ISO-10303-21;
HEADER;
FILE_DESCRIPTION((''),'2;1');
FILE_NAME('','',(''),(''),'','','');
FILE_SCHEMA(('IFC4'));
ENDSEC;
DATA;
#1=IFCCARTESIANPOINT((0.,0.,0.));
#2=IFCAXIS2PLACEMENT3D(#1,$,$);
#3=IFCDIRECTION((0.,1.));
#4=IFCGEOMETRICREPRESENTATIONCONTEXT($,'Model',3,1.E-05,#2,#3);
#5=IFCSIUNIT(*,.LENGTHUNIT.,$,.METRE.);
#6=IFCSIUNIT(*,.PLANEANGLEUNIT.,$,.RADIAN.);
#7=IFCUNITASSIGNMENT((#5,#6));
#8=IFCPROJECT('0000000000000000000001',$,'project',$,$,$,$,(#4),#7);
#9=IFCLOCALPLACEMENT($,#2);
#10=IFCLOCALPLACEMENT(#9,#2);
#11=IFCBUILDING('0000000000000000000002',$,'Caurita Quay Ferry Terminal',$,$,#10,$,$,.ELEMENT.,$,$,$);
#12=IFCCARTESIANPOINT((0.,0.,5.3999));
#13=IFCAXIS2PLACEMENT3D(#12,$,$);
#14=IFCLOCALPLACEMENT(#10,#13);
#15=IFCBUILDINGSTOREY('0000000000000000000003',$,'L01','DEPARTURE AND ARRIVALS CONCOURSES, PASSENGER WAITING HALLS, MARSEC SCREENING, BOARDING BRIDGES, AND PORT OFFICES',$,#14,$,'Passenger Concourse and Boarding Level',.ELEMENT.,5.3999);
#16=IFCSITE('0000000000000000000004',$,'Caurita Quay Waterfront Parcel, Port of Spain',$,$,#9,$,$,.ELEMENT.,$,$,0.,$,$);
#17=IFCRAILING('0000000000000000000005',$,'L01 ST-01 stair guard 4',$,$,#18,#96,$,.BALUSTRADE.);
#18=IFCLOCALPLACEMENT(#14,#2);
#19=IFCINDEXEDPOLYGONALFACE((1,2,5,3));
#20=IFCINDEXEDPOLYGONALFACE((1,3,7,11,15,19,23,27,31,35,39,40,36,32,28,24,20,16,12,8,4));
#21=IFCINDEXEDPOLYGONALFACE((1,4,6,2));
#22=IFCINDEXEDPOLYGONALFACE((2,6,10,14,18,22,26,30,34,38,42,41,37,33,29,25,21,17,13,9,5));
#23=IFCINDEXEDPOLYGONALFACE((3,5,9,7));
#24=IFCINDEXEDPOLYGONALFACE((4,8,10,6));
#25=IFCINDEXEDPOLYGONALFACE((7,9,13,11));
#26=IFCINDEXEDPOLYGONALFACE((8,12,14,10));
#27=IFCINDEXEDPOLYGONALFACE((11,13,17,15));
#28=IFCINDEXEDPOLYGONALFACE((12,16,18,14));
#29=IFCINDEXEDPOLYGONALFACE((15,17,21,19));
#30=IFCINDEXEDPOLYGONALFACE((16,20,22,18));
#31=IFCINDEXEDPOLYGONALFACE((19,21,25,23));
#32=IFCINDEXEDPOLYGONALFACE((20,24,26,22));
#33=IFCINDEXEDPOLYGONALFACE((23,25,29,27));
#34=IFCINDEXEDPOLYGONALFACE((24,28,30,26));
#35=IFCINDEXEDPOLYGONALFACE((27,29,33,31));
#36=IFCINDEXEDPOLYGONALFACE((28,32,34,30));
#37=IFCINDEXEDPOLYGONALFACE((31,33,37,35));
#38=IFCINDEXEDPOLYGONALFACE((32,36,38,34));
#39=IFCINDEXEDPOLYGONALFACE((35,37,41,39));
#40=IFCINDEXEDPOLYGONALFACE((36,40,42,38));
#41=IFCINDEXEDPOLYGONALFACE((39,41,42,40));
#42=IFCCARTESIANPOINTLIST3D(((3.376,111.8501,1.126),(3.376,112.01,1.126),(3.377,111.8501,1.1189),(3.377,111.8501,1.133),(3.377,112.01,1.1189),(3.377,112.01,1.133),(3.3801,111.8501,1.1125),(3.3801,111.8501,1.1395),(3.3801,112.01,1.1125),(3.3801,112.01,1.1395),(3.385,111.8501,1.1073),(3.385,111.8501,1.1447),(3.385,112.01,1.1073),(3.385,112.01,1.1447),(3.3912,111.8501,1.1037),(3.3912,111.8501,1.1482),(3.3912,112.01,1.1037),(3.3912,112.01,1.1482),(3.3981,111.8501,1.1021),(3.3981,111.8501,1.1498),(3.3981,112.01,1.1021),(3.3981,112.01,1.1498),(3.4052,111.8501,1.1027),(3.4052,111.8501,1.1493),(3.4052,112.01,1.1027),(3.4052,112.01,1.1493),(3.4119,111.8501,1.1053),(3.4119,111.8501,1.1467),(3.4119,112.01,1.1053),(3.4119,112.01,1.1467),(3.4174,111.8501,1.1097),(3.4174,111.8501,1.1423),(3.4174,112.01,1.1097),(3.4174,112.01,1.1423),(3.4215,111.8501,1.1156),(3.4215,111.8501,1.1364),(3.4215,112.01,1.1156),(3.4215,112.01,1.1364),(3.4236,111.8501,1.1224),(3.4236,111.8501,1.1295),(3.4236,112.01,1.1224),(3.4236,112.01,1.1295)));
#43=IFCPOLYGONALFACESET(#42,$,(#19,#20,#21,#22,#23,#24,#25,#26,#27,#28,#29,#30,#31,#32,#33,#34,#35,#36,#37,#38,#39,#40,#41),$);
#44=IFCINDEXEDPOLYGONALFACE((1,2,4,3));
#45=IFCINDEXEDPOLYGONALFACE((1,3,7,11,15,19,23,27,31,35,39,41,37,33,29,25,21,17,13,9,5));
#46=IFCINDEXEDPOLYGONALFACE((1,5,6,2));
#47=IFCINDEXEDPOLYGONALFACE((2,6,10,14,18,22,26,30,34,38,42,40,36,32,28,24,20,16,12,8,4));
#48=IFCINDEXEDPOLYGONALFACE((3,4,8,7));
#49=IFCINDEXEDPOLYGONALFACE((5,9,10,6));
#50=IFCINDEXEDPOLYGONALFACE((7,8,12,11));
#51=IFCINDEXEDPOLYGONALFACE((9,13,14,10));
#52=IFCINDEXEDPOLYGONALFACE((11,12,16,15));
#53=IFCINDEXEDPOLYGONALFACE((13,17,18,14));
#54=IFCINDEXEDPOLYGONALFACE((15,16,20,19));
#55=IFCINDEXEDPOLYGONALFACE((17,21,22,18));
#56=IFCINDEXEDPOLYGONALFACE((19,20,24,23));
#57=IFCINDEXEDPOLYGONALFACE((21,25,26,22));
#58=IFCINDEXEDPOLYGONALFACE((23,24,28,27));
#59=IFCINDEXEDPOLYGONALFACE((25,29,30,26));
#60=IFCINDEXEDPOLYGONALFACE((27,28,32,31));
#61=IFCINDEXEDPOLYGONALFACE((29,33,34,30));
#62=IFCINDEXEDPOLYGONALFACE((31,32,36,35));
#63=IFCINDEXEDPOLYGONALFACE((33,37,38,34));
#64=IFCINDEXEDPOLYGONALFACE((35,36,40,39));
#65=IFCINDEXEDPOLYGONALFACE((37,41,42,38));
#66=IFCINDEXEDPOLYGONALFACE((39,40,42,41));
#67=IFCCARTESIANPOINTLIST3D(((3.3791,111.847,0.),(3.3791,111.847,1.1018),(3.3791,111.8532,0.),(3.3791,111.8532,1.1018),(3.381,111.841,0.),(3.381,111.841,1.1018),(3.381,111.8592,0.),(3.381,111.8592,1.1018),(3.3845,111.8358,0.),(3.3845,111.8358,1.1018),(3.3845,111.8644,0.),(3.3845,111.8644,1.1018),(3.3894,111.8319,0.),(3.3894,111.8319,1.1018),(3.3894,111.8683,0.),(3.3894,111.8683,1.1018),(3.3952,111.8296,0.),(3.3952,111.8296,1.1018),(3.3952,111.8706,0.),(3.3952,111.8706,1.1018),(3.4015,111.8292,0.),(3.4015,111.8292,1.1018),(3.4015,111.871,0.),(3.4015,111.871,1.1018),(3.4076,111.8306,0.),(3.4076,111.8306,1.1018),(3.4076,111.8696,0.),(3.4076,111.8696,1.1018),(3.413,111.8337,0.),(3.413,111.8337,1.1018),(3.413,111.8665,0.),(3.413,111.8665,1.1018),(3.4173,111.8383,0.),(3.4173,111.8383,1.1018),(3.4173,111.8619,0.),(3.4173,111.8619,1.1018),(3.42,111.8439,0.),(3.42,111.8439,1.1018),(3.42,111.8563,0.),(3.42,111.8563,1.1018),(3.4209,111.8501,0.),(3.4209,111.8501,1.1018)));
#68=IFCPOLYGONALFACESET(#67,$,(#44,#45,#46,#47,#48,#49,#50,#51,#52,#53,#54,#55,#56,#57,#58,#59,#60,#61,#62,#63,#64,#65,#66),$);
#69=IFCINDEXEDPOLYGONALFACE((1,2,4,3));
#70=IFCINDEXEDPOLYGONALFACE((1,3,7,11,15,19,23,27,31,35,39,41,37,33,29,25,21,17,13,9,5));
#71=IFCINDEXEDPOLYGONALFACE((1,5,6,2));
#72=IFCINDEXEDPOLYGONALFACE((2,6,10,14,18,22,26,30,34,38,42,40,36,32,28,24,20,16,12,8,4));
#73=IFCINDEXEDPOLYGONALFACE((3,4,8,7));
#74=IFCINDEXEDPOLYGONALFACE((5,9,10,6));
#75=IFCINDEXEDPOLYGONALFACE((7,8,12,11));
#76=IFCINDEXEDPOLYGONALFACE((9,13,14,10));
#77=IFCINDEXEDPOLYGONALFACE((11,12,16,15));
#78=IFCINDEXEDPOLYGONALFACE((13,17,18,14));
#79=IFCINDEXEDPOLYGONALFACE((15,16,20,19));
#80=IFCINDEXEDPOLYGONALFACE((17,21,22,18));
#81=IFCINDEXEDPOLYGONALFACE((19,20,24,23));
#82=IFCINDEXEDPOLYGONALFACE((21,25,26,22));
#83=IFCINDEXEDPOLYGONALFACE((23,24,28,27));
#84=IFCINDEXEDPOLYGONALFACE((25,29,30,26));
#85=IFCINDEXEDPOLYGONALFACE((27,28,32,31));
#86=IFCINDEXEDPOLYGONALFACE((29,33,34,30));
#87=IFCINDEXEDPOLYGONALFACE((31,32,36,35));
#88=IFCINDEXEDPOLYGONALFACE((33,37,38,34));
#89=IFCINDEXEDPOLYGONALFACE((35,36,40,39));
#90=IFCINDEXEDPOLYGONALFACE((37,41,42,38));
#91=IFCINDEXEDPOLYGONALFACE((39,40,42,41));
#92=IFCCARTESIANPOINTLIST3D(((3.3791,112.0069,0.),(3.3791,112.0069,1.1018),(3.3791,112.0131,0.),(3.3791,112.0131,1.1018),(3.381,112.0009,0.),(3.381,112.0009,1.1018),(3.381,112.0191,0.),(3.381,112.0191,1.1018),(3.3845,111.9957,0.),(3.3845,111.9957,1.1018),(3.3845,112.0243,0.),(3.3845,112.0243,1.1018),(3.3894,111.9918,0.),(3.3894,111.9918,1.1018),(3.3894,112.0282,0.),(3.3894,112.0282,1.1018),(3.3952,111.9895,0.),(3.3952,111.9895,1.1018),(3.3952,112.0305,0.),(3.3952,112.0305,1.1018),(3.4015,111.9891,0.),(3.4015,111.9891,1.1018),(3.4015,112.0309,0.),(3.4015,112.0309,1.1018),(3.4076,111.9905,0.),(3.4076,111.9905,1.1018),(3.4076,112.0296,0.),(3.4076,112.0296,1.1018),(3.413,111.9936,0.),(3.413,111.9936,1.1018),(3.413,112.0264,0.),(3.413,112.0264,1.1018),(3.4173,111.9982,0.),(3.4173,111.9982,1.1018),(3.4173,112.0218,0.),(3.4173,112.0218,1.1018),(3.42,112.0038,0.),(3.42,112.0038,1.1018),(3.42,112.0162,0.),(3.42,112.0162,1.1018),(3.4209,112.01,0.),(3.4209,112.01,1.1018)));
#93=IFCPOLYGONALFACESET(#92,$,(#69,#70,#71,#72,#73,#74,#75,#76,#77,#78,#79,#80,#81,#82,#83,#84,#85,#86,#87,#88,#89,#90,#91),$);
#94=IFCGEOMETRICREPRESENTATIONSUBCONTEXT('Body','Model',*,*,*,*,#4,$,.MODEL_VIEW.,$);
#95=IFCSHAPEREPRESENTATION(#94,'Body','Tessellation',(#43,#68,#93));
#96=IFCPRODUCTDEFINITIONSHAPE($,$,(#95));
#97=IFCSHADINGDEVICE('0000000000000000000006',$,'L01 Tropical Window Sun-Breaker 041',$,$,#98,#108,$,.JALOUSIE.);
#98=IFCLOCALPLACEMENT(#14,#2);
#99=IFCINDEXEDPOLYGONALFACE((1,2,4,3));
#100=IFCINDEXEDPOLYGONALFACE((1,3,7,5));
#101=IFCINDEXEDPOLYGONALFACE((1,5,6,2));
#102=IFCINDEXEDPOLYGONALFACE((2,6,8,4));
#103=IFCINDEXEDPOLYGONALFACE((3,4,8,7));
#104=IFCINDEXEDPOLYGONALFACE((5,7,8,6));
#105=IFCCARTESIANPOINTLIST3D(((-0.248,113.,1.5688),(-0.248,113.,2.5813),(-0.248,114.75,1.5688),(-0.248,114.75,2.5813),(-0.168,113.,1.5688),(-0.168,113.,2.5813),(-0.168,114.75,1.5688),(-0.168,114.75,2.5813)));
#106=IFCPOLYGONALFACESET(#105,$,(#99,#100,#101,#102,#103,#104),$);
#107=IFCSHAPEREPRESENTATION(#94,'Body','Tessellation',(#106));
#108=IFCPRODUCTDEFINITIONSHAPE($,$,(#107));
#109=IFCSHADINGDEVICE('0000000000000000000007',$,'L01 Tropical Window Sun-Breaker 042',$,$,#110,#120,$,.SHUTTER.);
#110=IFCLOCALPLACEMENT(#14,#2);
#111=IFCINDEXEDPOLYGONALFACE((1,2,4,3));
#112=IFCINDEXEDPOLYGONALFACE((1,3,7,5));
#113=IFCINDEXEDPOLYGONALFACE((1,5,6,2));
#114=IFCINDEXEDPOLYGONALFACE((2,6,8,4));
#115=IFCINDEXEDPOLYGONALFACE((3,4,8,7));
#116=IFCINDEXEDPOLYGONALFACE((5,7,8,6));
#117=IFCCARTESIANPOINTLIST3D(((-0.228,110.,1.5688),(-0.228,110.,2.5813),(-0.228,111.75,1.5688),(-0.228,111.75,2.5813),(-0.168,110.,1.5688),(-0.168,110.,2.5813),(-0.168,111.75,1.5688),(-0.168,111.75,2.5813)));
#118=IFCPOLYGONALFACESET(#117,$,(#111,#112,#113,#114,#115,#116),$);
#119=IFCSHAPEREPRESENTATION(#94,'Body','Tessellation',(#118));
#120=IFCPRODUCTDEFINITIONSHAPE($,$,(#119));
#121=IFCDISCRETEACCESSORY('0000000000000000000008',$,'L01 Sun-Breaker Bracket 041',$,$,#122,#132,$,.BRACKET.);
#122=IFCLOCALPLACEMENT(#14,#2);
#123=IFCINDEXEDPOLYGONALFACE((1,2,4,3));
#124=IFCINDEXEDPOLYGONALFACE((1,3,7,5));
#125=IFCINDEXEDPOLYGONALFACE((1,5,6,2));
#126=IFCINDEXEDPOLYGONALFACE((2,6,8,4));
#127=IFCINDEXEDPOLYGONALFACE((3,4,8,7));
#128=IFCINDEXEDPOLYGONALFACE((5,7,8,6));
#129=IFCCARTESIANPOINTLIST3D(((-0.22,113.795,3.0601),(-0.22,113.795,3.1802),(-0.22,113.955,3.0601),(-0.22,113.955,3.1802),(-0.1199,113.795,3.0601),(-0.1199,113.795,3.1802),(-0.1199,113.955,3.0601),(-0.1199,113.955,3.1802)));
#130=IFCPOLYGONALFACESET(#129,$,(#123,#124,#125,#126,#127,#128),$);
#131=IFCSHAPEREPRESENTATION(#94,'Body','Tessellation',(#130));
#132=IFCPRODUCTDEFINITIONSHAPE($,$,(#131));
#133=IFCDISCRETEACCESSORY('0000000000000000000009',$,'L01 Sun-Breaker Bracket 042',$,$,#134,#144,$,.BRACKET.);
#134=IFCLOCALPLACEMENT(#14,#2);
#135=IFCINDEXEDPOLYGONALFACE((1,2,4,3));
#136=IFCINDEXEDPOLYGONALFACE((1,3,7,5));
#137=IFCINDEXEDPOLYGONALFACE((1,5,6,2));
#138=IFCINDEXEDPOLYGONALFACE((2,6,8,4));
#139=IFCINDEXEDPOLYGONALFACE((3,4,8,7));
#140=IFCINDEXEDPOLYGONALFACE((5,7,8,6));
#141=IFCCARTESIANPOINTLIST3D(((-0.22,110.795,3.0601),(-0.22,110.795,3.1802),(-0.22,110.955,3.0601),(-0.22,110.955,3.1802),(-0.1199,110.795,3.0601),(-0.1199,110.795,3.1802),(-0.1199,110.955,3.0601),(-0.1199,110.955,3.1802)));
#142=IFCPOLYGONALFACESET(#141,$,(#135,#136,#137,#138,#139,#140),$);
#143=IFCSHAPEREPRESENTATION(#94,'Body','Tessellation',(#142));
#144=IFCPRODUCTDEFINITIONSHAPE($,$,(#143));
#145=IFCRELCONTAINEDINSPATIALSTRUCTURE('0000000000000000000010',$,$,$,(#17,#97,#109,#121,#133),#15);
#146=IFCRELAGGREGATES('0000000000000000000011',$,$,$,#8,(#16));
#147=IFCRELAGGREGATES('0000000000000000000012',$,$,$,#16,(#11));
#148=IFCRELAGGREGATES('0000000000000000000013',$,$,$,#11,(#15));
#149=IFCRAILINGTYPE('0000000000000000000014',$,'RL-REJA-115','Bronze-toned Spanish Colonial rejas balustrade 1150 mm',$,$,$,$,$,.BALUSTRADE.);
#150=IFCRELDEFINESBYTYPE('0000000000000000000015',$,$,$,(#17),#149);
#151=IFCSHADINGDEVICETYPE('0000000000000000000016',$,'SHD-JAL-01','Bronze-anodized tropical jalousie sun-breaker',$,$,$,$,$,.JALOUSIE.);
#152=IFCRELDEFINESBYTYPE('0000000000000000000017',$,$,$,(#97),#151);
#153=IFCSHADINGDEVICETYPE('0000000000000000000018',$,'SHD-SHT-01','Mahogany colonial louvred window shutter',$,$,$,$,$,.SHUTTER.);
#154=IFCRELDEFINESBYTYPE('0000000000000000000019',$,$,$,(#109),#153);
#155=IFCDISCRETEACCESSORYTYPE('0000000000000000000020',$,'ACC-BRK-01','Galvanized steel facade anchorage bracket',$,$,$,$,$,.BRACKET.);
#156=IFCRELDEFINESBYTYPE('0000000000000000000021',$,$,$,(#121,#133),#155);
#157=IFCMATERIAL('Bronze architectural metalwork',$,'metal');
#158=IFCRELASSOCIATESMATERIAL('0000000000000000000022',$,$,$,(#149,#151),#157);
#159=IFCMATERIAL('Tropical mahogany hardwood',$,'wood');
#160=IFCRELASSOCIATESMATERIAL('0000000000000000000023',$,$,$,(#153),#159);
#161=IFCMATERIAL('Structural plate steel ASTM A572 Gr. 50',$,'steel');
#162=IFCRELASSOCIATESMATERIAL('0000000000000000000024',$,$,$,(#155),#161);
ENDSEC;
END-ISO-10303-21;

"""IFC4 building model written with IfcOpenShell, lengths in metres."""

from ifc_helpers import new_model, si_unit, direction, frame, origin, origin_2d, place, context, subcontext, project, spatial, rectangle, circle, extrude, material, type_object, element, save


model = new_model("IFC4")

# Units and contexts
model_context = context("Model", 3, precision=1e-05, world=origin(), true_north=direction((0.0, 1.0)))
body_context = subcontext(model_context, "Body", "Model", "MODEL_VIEW")
ifc_project = project(units=[si_unit("LENGTHUNIT", "METRE"), si_unit("PLANEANGLEUNIT", "RADIAN")], contexts=[model_context])

# Site, building, storey
site_placement = place(None, origin())
site = spatial("IfcSite", under=ifc_project, at=site_placement, Name="Caurita Quay Waterfront Parcel, Port of Spain", CompositionType="ELEMENT", RefElevation=0.0)
building_placement = place(site_placement, origin())
building = spatial("IfcBuilding", under=site, at=building_placement, Name="Caurita Quay Ferry Terminal", CompositionType="ELEMENT")
storey_placement = place(building_placement, frame((0.0, 0.0, 5.3999)))
storey = spatial("IfcBuildingStorey", under=building, at=storey_placement, Name="L01", Description="DEPARTURE AND ARRIVALS CONCOURSES, PASSENGER WAITING HALLS, MARSEC SCREENING, BOARDING BRIDGES, AND PORT OFFICES", LongName="Passenger Concourse and Boarding Level", CompositionType="ELEMENT", Elevation=5.3999)

# Railing
ifc_material_1 = material(Name="Bronze architectural metalwork", Category="metal")
railing_type_1 = type_object("IfcRailingType", Name="RL-REJA-115", Description="Bronze-toned Spanish Colonial rejas balustrade 1150 mm", PredefinedType="BALUSTRADE", material=ifc_material_1)
railing_1_placement = place(storey_placement, frame((3.3999, 111.8501, 0.0)))
element("IfcRailing", 1, at=railing_1_placement, inside=storey, type_object=railing_type_1, Name="L01 ST-01 stair guard 4", PredefinedType="BALUSTRADE", context=body_context, shape_type="SweptSolid", body=[
    extrude(circle(Radius=0.0239, at=origin_2d()), frame((0.0, 0.0, 1.126), z_axis=(0.0, 1.0, 0.0), x_axis=(-1.0, 0.0, 0.0)), (0.0, 0.0, 1.0), 0.1599),
    extrude(circle(Radius=0.021, at=origin_2d()), origin(), (0.0, 0.0, 1.0), 1.1018),
    extrude(circle(Radius=0.021, at=origin_2d()), frame((0.0, 0.1599, 0.0)), (0.0, 0.0, 1.0), 1.1018),
])

# Shading devices
shading_device_type_1 = type_object("IfcShadingDeviceType", Name="SHD-JAL-01", Description="Bronze-anodized tropical jalousie sun-breaker", PredefinedType="JALOUSIE", material=ifc_material_1)
shading_device_1_placement = place(storey_placement, frame((-0.208, 113.875, 1.5688), z_axis=(0.0, 0.0, 1.0), x_axis=(0.0, -1.0, 0.0)))
element("IfcShadingDevice", 2, at=shading_device_1_placement, inside=storey, type_object=shading_device_type_1, Name="L01 Tropical Window Sun-Breaker 041", PredefinedType="JALOUSIE", context=body_context, shape_type="SweptSolid", body=[
    extrude(rectangle(XDim=1.75, YDim=0.0801, at=origin_2d()), origin(), (0.0, 0.0, 1.0), 1.0125),
])
ifc_material_2 = material(Name="Tropical mahogany hardwood", Category="wood")
shading_device_type_2 = type_object("IfcShadingDeviceType", Name="SHD-SHT-01", Description="Mahogany colonial louvred window shutter", PredefinedType="SHUTTER", material=ifc_material_2)
shading_device_2_placement = place(storey_placement, frame((-0.198, 110.875, 1.5688), z_axis=(0.0, 0.0, 1.0), x_axis=(0.0, -1.0, 0.0)))
element("IfcShadingDevice", 3, at=shading_device_2_placement, inside=storey, type_object=shading_device_type_2, Name="L01 Tropical Window Sun-Breaker 042", PredefinedType="SHUTTER", context=body_context, shape_type="SweptSolid", body=[
    extrude(rectangle(XDim=1.75, YDim=0.0601, at=origin_2d()), origin(), (0.0, 0.0, 1.0), 1.0125),
])

# Discrete accessories
ifc_material_3 = material(Name="Structural plate steel ASTM A572 Gr. 50", Category="steel")
discrete_accessory_type = type_object("IfcDiscreteAccessoryType", Name="ACC-BRK-01", Description="Galvanized steel facade anchorage bracket", PredefinedType="BRACKET", material=ifc_material_3)
for number, where, z_axis, x_axis, name in (
    (4, (-0.1699, 113.875, 3.0601), (0.0, 0.0, 1.0), (0.0, -1.0, 0.0), "L01 Sun-Breaker Bracket 041"),
    (5, (-0.1699, 110.875, 3.0601), (0.0, 0.0, 1.0), (0.0, -1.0, 0.0), "L01 Sun-Breaker Bracket 042"),
):
    element("IfcDiscreteAccessory", number, at=place(storey_placement, frame(where, z_axis=z_axis, x_axis=x_axis)), inside=storey, type_object=discrete_accessory_type, Name=name, PredefinedType="BRACKET", context=body_context, shape_type="SweptSolid", body=[
        extrude(rectangle(XDim=0.1599, YDim=0.1001, at=origin_2d()), origin(), (0.0, 0.0, 1.0), 0.1201),
    ])

save(model, "model.ifc")
